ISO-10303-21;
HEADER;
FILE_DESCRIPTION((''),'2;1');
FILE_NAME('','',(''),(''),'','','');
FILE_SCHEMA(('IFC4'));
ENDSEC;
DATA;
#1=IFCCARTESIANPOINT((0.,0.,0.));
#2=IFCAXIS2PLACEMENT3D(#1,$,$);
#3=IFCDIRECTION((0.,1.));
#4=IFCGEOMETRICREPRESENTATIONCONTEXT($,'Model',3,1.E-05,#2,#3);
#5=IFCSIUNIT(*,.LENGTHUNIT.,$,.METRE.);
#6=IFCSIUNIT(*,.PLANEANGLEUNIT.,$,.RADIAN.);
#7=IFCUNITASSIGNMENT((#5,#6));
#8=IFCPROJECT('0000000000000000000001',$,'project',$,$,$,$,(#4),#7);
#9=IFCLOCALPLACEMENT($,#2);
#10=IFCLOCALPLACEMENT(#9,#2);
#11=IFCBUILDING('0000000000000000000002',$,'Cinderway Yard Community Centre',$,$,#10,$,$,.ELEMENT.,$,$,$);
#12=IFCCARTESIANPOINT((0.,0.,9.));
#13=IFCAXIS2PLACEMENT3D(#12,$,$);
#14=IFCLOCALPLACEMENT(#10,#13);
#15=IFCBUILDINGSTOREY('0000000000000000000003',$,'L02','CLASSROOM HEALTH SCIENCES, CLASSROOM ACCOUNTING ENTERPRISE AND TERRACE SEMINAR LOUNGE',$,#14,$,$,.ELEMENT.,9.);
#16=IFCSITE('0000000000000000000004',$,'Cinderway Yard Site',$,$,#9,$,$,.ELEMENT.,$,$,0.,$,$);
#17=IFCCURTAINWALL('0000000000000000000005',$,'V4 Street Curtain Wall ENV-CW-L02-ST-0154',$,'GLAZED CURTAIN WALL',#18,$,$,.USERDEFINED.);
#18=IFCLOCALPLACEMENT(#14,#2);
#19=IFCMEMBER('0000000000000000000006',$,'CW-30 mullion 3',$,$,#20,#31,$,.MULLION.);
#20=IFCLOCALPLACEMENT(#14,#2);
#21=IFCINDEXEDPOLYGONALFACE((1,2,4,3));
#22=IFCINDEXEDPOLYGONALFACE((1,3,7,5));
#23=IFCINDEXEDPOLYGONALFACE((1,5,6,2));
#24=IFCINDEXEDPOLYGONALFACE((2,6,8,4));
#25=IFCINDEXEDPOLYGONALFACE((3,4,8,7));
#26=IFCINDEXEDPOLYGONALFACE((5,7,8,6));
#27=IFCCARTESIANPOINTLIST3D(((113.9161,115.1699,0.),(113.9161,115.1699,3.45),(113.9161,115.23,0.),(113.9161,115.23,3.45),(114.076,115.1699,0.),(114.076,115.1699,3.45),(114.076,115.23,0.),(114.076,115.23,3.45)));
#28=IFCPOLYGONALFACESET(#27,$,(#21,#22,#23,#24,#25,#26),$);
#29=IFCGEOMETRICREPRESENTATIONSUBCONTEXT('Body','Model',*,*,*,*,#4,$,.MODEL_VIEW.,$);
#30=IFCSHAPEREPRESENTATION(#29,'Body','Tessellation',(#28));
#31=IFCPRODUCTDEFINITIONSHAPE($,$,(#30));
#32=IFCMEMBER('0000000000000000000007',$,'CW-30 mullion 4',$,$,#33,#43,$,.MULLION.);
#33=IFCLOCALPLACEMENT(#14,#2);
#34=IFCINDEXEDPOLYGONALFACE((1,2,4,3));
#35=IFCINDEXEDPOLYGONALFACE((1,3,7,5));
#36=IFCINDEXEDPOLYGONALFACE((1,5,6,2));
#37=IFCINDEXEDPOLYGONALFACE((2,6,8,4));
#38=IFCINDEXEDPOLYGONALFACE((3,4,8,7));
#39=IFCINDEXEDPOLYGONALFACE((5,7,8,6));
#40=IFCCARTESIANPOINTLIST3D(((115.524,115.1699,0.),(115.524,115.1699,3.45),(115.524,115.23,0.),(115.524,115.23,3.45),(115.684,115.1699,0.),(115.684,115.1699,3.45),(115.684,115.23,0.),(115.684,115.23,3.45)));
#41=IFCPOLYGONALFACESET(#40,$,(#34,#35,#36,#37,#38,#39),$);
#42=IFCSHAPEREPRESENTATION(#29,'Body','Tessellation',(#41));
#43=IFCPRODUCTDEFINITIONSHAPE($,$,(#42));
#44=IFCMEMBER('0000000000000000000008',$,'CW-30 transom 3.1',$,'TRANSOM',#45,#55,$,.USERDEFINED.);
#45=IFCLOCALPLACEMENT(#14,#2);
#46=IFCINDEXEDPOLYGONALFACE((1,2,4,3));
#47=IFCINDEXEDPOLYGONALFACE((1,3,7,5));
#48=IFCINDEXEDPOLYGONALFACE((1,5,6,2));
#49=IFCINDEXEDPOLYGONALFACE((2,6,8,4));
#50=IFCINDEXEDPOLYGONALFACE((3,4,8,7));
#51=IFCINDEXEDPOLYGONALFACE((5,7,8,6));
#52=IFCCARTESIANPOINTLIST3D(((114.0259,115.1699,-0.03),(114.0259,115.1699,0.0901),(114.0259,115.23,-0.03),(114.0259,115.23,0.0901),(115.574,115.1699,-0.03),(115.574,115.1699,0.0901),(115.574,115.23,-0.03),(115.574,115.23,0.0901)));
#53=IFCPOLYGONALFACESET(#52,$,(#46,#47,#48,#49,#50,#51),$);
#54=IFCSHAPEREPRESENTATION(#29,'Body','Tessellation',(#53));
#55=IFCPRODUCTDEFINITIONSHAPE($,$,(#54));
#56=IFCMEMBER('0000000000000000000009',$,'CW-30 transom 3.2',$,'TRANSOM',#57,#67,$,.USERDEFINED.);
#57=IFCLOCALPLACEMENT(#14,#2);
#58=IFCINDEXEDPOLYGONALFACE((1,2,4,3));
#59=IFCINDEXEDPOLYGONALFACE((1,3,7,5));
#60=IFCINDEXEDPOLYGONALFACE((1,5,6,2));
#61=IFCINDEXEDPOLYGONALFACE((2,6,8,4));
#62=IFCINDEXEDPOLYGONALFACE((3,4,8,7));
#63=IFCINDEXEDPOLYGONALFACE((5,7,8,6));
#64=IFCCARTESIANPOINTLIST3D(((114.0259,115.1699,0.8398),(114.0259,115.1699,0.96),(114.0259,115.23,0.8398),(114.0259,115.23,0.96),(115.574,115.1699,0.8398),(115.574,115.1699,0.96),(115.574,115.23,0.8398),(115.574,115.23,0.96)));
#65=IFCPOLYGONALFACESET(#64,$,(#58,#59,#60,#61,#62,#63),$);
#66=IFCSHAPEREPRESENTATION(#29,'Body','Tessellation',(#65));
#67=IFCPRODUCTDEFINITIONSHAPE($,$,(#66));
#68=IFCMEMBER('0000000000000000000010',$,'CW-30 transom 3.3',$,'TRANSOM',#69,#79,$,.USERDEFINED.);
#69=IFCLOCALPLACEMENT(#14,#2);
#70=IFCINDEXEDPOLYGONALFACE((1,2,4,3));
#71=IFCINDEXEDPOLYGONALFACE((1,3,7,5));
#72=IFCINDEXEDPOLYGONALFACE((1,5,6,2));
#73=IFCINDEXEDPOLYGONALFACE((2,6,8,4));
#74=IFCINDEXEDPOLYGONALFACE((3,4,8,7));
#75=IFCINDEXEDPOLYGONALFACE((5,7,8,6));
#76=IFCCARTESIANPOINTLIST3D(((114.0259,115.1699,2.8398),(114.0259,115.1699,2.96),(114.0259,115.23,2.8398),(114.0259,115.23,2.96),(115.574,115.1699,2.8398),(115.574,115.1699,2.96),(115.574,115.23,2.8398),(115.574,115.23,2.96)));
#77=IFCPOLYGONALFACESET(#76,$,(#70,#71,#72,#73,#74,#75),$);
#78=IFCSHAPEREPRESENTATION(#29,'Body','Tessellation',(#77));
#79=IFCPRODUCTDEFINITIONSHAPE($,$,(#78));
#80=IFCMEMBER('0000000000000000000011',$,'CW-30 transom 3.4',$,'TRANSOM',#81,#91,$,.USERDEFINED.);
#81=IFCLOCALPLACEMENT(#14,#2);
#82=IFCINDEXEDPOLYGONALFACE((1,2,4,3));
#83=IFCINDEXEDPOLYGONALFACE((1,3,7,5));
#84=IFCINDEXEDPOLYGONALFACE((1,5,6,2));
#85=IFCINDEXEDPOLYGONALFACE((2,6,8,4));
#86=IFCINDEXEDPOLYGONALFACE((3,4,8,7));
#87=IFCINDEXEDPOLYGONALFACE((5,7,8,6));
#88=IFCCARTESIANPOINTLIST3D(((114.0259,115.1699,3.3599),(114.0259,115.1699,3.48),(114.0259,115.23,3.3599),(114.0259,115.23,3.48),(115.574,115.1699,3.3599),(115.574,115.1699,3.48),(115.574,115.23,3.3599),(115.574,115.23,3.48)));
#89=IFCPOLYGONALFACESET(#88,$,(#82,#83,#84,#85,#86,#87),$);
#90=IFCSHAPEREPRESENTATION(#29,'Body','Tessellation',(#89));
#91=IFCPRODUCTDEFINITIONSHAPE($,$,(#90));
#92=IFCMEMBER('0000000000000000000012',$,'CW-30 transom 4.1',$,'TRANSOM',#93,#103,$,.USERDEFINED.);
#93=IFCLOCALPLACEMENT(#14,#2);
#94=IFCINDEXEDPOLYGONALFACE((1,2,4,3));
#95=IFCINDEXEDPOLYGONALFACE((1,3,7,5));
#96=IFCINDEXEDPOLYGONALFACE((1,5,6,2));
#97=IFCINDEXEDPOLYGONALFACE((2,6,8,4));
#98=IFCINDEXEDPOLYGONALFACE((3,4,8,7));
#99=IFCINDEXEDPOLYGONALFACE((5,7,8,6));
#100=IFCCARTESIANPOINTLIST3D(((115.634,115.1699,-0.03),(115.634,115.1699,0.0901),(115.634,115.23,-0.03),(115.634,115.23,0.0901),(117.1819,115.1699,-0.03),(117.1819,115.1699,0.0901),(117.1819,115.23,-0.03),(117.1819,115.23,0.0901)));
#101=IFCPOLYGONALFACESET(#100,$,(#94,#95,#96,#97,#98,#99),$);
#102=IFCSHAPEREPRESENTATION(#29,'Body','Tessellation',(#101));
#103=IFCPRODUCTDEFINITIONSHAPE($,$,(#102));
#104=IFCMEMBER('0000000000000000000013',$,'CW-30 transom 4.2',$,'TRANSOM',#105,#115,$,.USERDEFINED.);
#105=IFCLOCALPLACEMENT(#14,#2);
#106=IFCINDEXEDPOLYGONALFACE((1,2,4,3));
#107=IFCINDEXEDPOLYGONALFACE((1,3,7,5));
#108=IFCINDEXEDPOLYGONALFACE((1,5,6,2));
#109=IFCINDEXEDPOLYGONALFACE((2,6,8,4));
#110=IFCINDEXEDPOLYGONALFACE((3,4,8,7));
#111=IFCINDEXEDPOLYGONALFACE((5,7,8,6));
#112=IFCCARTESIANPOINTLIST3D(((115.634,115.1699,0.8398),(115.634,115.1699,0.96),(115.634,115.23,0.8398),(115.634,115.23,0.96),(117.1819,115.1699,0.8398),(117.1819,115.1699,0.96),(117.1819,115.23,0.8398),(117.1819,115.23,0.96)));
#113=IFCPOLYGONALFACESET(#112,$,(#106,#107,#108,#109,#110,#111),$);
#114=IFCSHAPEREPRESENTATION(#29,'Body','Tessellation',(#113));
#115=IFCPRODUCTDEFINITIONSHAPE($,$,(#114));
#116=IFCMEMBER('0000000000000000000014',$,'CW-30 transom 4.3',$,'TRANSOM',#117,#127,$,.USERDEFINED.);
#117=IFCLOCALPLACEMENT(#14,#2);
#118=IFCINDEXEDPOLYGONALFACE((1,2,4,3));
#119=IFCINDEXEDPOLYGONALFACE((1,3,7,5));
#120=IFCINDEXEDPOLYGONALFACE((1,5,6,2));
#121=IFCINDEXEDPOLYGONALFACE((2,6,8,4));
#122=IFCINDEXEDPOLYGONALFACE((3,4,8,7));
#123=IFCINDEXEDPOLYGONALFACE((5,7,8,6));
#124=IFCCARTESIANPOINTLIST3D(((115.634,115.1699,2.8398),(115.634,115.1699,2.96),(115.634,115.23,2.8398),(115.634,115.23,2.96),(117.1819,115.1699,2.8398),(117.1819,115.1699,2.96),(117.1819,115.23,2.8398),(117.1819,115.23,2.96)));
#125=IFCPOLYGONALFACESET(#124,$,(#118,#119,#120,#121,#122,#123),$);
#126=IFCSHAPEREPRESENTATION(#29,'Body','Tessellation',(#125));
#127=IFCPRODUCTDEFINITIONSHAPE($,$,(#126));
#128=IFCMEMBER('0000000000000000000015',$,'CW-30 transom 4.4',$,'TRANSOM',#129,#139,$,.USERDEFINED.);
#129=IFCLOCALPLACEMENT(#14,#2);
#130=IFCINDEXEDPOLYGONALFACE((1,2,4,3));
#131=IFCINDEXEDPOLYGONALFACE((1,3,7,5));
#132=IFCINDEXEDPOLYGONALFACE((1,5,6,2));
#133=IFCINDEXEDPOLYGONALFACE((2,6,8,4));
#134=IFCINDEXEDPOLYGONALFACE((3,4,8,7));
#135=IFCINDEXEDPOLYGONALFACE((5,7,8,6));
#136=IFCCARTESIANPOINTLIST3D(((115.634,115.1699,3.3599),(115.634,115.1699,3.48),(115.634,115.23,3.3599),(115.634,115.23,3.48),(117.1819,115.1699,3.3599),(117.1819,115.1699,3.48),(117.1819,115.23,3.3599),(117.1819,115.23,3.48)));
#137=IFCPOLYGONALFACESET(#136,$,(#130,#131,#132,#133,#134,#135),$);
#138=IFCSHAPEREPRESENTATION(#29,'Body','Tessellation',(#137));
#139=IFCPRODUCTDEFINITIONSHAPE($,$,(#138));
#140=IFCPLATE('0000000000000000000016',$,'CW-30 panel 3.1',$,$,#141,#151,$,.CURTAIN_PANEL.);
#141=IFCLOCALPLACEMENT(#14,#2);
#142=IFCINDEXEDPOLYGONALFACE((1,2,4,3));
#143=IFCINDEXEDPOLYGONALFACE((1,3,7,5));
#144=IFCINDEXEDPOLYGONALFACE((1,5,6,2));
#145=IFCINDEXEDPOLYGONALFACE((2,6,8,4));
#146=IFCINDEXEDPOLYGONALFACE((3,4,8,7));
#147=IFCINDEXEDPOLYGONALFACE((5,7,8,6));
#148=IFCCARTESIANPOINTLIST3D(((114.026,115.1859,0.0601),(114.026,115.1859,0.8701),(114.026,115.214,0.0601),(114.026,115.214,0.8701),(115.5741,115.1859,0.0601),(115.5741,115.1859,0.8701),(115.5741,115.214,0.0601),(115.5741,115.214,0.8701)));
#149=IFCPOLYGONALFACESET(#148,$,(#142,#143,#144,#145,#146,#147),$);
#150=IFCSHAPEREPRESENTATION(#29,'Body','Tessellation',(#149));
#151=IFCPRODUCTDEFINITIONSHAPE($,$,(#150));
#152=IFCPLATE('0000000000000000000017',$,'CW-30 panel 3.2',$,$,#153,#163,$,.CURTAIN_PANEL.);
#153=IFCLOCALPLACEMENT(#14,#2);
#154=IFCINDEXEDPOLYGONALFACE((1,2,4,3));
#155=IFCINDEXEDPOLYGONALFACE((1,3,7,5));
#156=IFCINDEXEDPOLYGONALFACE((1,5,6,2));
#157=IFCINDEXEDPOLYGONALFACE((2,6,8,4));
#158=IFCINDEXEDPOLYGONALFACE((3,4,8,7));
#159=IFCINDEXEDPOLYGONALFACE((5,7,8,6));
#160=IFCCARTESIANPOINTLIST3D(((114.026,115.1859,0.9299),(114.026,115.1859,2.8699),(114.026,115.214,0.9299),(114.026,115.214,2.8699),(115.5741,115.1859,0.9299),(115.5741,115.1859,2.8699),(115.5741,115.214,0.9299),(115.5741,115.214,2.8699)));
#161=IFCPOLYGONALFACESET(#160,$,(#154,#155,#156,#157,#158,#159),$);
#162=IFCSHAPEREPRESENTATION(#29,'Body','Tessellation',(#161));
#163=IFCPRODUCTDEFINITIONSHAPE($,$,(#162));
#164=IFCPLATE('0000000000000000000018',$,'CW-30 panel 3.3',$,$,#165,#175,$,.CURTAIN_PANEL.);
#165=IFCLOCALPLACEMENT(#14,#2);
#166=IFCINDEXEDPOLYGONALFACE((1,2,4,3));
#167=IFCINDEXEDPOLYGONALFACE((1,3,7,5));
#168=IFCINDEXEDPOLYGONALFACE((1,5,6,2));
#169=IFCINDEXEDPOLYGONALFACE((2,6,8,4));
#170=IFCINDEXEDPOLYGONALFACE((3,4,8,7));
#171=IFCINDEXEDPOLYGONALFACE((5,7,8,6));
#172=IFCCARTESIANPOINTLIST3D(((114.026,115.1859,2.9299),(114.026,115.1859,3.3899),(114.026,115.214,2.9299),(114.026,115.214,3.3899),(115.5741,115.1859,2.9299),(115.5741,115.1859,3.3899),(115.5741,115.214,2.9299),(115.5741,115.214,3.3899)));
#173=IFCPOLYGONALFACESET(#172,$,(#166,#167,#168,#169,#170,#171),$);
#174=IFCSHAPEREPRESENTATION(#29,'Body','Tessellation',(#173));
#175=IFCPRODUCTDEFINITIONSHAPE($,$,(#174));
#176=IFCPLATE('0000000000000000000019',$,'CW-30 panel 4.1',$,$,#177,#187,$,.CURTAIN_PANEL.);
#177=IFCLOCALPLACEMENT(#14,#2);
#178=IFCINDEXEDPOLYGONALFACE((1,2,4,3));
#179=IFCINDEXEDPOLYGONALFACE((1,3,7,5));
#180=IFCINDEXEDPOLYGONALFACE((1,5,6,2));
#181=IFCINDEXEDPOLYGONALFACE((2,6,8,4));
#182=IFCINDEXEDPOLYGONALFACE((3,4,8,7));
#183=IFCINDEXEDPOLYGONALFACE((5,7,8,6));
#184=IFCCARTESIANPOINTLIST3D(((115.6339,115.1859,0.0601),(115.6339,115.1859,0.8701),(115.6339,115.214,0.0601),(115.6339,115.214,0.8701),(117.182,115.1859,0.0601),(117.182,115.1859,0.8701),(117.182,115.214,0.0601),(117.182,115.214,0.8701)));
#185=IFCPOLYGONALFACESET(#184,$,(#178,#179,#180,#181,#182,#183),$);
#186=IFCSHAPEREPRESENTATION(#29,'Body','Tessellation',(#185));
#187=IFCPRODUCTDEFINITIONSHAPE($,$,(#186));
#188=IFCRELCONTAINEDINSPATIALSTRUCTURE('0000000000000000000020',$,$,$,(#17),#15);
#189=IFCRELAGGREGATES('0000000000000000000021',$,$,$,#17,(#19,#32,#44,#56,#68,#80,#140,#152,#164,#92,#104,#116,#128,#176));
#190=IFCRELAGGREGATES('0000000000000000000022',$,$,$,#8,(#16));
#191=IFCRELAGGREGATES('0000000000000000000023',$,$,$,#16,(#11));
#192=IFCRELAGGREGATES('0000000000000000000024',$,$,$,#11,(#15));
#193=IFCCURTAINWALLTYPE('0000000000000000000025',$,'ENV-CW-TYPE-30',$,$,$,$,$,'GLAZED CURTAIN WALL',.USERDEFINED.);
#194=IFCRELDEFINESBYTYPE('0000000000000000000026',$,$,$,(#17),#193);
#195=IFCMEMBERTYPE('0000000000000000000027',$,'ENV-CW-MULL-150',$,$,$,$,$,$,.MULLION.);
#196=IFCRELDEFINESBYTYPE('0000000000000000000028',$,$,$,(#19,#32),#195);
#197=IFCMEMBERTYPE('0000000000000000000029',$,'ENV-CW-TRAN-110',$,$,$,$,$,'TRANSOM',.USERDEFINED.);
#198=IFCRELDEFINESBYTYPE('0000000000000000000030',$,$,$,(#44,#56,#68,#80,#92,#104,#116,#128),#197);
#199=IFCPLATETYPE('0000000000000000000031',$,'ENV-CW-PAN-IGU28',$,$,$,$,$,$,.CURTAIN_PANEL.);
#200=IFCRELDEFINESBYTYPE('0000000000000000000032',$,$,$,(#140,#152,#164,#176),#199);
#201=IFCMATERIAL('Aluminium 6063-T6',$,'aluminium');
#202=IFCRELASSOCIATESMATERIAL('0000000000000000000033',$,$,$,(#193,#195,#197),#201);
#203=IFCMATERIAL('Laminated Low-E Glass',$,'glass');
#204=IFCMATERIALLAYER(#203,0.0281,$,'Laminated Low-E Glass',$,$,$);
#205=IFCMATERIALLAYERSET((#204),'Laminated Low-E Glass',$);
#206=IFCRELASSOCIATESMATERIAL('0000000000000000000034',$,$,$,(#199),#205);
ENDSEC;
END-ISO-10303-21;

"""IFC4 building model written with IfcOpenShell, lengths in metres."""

from ifc_helpers import new_model, si_unit, direction, frame, origin, origin_2d, place, context, subcontext, project, spatial, rectangle, extrude, material, layer, layer_set, material_profile, profile_set, type_object, element, aggregate, save


model = new_model("IFC4")

# Units and contexts
model_context = context("Model", 3, precision=1e-05, world=origin(), true_north=direction((0.0, 1.0)))
body_context = subcontext(model_context, "Body", "Model", "MODEL_VIEW")
ifc_project = project(units=[si_unit("LENGTHUNIT", "METRE"), si_unit("PLANEANGLEUNIT", "RADIAN")], contexts=[model_context])

# Site, building, storey
site_placement = place(None, origin())
site = spatial("IfcSite", under=ifc_project, at=site_placement, Name="Cinderway Yard Site", CompositionType="ELEMENT", RefElevation=0.0)
building_placement = place(site_placement, origin())
building = spatial("IfcBuilding", under=site, at=building_placement, Name="Cinderway Yard Community Centre", CompositionType="ELEMENT")
storey_placement = place(building_placement, frame((0.0, 0.0, 9.0)))
storey = spatial("IfcBuildingStorey", under=building, at=storey_placement, Name="L02", Description="CLASSROOM HEALTH SCIENCES, CLASSROOM ACCOUNTING ENTERPRISE AND TERRACE SEMINAR LOUNGE", CompositionType="ELEMENT", Elevation=9.0)

# Curtain wall, members, plates
ifc_material_1 = material(Name="Aluminium 6063-T6", Category="aluminium")
curtain_wall_type = type_object("IfcCurtainWallType", Name="ENV-CW-TYPE-30", ElementType="GLAZED CURTAIN WALL", PredefinedType="USERDEFINED", material=ifc_material_1)
curtain_wall_placement = place(storey_placement, origin())
curtain_wall = element("IfcCurtainWall", 1, at=curtain_wall_placement, inside=storey, type_object=curtain_wall_type, Name="V4 Street Curtain Wall ENV-CW-L02-ST-0154", ObjectType="GLAZED CURTAIN WALL", PredefinedType="USERDEFINED")
ifc_material_profile_1 = material_profile(ifc_material_1, rectangle(XDim=0.0601, YDim=0.1599, at=origin_2d()), Name="Aluminium 6063-T6")
ifc_profile_set_1 = profile_set([ifc_material_profile_1], Name="Aluminium 6063-T6")
member_type_1 = type_object("IfcMemberType", Name="ENV-CW-MULL-150", PredefinedType="MULLION", material=ifc_profile_set_1)
member_1_placement = place(storey_placement, frame((113.9961, 115.2, 0.0), z_axis=(0.0, 0.0, 1.0), x_axis=(0.0, 1.0, 0.0)))
member_1 = element("IfcMember", 2, at=member_1_placement, type_object=member_type_1, Name="CW-30 mullion 3", PredefinedType="MULLION", context=body_context, shape_type="SweptSolid", body=[
    extrude(rectangle(XDim=0.0601, YDim=0.1599, at=origin_2d()), origin(), (0.0, 0.0, 1.0), 3.45),
])
member_2_placement = place(storey_placement, frame((115.604, 115.2, 0.0), z_axis=(0.0, 0.0, 1.0), x_axis=(0.0, 1.0, 0.0)))
member_2 = element("IfcMember", 3, at=member_2_placement, type_object=member_type_1, Name="CW-30 mullion 4", PredefinedType="MULLION", context=body_context, shape_type="SweptSolid", body=[
    extrude(rectangle(XDim=0.0601, YDim=0.1599, at=origin_2d()), origin(), (0.0, 0.0, 1.0), 3.45),
])
ifc_material_profile_2 = material_profile(ifc_material_1, rectangle(XDim=0.0601, YDim=0.1201, at=origin_2d()), Name="Aluminium 6063-T6")
ifc_profile_set_2 = profile_set([ifc_material_profile_2], Name="Aluminium 6063-T6")
member_type_2 = type_object("IfcMemberType", Name="ENV-CW-TRAN-110", ElementType="TRANSOM", PredefinedType="USERDEFINED", material=ifc_profile_set_2)
member_3_placement = place(storey_placement, frame((114.0259, 115.2, 0.03), z_axis=(1.0, 0.0, 0.0), x_axis=(0.0, 1.0, 0.0)))
member_3 = element("IfcMember", 4, at=member_3_placement, type_object=member_type_2, Name="CW-30 transom 3.1", ObjectType="TRANSOM", PredefinedType="USERDEFINED", context=body_context, shape_type="SweptSolid", body=[
    extrude(rectangle(XDim=0.0601, YDim=0.1201, at=origin_2d()), origin(), (0.0, 0.0, 1.0), 1.5481),
])
member_4_placement = place(storey_placement, frame((114.0259, 115.2, 0.8999), z_axis=(1.0, 0.0, 0.0), x_axis=(0.0, 1.0, 0.0)))
member_4 = element("IfcMember", 5, at=member_4_placement, type_object=member_type_2, Name="CW-30 transom 3.2", ObjectType="TRANSOM", PredefinedType="USERDEFINED", context=body_context, shape_type="SweptSolid", body=[
    extrude(rectangle(XDim=0.0601, YDim=0.1201, at=origin_2d()), origin(), (0.0, 0.0, 1.0), 1.5481),
])
member_5_placement = place(storey_placement, frame((114.0259, 115.2, 2.8999), z_axis=(1.0, 0.0, 0.0), x_axis=(0.0, 1.0, 0.0)))
member_5 = element("IfcMember", 6, at=member_5_placement, type_object=member_type_2, Name="CW-30 transom 3.3", ObjectType="TRANSOM", PredefinedType="USERDEFINED", context=body_context, shape_type="SweptSolid", body=[
    extrude(rectangle(XDim=0.0601, YDim=0.1201, at=origin_2d()), origin(), (0.0, 0.0, 1.0), 1.5481),
])
member_6_placement = place(storey_placement, frame((114.0259, 115.2, 3.4199), z_axis=(1.0, 0.0, 0.0), x_axis=(0.0, 1.0, 0.0)))
member_6 = element("IfcMember", 7, at=member_6_placement, type_object=member_type_2, Name="CW-30 transom 3.4", ObjectType="TRANSOM", PredefinedType="USERDEFINED", context=body_context, shape_type="SweptSolid", body=[
    extrude(rectangle(XDim=0.0601, YDim=0.1201, at=origin_2d()), origin(), (0.0, 0.0, 1.0), 1.5481),
])
member_7_placement = place(storey_placement, frame((115.634, 115.2, 0.03), z_axis=(1.0, 0.0, 0.0), x_axis=(0.0, 1.0, 0.0)))
member_7 = element("IfcMember", 8, at=member_7_placement, type_object=member_type_2, Name="CW-30 transom 4.1", ObjectType="TRANSOM", PredefinedType="USERDEFINED", context=body_context, shape_type="SweptSolid", body=[
    extrude(rectangle(XDim=0.0601, YDim=0.1201, at=origin_2d()), origin(), (0.0, 0.0, 1.0), 1.5479),
])
member_8_placement = place(storey_placement, frame((115.634, 115.2, 0.8999), z_axis=(1.0, 0.0, 0.0), x_axis=(0.0, 1.0, 0.0)))
member_8 = element("IfcMember", 9, at=member_8_placement, type_object=member_type_2, Name="CW-30 transom 4.2", ObjectType="TRANSOM", PredefinedType="USERDEFINED", context=body_context, shape_type="SweptSolid", body=[
    extrude(rectangle(XDim=0.0601, YDim=0.1201, at=origin_2d()), origin(), (0.0, 0.0, 1.0), 1.5479),
])
member_9_placement = place(storey_placement, frame((115.634, 115.2, 2.8999), z_axis=(1.0, 0.0, 0.0), x_axis=(0.0, 1.0, 0.0)))
member_9 = element("IfcMember", 10, at=member_9_placement, type_object=member_type_2, Name="CW-30 transom 4.3", ObjectType="TRANSOM", PredefinedType="USERDEFINED", context=body_context, shape_type="SweptSolid", body=[
    extrude(rectangle(XDim=0.0601, YDim=0.1201, at=origin_2d()), origin(), (0.0, 0.0, 1.0), 1.5479),
])
member_10_placement = place(storey_placement, frame((115.634, 115.2, 3.4199), z_axis=(1.0, 0.0, 0.0), x_axis=(0.0, 1.0, 0.0)))
member_10 = element("IfcMember", 11, at=member_10_placement, type_object=member_type_2, Name="CW-30 transom 4.4", ObjectType="TRANSOM", PredefinedType="USERDEFINED", context=body_context, shape_type="SweptSolid", body=[
    extrude(rectangle(XDim=0.0601, YDim=0.1201, at=origin_2d()), origin(), (0.0, 0.0, 1.0), 1.5479),
])
ifc_material_2 = material(Name="Laminated Low-E Glass", Category="glass")
ifc_layer_1 = layer(ifc_material_2, 0.0281, Name="Laminated Low-E Glass")
ifc_layer_set_1 = layer_set([ifc_layer_1], Name="Laminated Low-E Glass")
plate_type = type_object("IfcPlateType", Name="ENV-CW-PAN-IGU28", PredefinedType="CURTAIN_PANEL", material=ifc_layer_set_1)
plate_1_placement = place(storey_placement, frame((114.8, 115.2, 0.0601), z_axis=(0.0, 0.0, 1.0), x_axis=(1.0, 0.0, 0.0)))
plate_1 = element("IfcPlate", 12, at=plate_1_placement, type_object=plate_type, Name="CW-30 panel 3.1", PredefinedType="CURTAIN_PANEL", context=body_context, shape_type="SweptSolid", body=[
    extrude(rectangle(XDim=1.5481, YDim=0.0281, at=origin_2d()), origin(), (0.0, 0.0, 1.0), 0.8101),
])
plate_2_placement = place(storey_placement, frame((114.8, 115.2, 0.9299), z_axis=(0.0, 0.0, 1.0), x_axis=(1.0, 0.0, 0.0)))
plate_2 = element("IfcPlate", 13, at=plate_2_placement, type_object=plate_type, Name="CW-30 panel 3.2", PredefinedType="CURTAIN_PANEL", context=body_context, shape_type="SweptSolid", body=[
    extrude(rectangle(XDim=1.5481, YDim=0.0281, at=origin_2d()), origin(), (0.0, 0.0, 1.0), 1.9399),
])
plate_3_placement = place(storey_placement, frame((114.8, 115.2, 2.9299), z_axis=(0.0, 0.0, 1.0), x_axis=(1.0, 0.0, 0.0)))
plate_3 = element("IfcPlate", 14, at=plate_3_placement, type_object=plate_type, Name="CW-30 panel 3.3", PredefinedType="CURTAIN_PANEL", context=body_context, shape_type="SweptSolid", body=[
    extrude(rectangle(XDim=1.5481, YDim=0.0281, at=origin_2d()), origin(), (0.0, 0.0, 1.0), 0.46),
])
plate_4_placement = place(storey_placement, frame((116.408, 115.2, 0.0601), z_axis=(0.0, 0.0, 1.0), x_axis=(1.0, 0.0, 0.0)))
plate_4 = element("IfcPlate", 15, at=plate_4_placement, type_object=plate_type, Name="CW-30 panel 4.1", PredefinedType="CURTAIN_PANEL", context=body_context, shape_type="SweptSolid", body=[
    extrude(rectangle(XDim=1.5481, YDim=0.0281, at=origin_2d()), origin(), (0.0, 0.0, 1.0), 0.8101),
])
aggregate(curtain_wall, [member_1, member_2, member_3, member_4, member_5, member_6, plate_1, plate_2, plate_3, member_7, member_8, member_9, member_10, plate_4])

save(model, "model.ifc")
